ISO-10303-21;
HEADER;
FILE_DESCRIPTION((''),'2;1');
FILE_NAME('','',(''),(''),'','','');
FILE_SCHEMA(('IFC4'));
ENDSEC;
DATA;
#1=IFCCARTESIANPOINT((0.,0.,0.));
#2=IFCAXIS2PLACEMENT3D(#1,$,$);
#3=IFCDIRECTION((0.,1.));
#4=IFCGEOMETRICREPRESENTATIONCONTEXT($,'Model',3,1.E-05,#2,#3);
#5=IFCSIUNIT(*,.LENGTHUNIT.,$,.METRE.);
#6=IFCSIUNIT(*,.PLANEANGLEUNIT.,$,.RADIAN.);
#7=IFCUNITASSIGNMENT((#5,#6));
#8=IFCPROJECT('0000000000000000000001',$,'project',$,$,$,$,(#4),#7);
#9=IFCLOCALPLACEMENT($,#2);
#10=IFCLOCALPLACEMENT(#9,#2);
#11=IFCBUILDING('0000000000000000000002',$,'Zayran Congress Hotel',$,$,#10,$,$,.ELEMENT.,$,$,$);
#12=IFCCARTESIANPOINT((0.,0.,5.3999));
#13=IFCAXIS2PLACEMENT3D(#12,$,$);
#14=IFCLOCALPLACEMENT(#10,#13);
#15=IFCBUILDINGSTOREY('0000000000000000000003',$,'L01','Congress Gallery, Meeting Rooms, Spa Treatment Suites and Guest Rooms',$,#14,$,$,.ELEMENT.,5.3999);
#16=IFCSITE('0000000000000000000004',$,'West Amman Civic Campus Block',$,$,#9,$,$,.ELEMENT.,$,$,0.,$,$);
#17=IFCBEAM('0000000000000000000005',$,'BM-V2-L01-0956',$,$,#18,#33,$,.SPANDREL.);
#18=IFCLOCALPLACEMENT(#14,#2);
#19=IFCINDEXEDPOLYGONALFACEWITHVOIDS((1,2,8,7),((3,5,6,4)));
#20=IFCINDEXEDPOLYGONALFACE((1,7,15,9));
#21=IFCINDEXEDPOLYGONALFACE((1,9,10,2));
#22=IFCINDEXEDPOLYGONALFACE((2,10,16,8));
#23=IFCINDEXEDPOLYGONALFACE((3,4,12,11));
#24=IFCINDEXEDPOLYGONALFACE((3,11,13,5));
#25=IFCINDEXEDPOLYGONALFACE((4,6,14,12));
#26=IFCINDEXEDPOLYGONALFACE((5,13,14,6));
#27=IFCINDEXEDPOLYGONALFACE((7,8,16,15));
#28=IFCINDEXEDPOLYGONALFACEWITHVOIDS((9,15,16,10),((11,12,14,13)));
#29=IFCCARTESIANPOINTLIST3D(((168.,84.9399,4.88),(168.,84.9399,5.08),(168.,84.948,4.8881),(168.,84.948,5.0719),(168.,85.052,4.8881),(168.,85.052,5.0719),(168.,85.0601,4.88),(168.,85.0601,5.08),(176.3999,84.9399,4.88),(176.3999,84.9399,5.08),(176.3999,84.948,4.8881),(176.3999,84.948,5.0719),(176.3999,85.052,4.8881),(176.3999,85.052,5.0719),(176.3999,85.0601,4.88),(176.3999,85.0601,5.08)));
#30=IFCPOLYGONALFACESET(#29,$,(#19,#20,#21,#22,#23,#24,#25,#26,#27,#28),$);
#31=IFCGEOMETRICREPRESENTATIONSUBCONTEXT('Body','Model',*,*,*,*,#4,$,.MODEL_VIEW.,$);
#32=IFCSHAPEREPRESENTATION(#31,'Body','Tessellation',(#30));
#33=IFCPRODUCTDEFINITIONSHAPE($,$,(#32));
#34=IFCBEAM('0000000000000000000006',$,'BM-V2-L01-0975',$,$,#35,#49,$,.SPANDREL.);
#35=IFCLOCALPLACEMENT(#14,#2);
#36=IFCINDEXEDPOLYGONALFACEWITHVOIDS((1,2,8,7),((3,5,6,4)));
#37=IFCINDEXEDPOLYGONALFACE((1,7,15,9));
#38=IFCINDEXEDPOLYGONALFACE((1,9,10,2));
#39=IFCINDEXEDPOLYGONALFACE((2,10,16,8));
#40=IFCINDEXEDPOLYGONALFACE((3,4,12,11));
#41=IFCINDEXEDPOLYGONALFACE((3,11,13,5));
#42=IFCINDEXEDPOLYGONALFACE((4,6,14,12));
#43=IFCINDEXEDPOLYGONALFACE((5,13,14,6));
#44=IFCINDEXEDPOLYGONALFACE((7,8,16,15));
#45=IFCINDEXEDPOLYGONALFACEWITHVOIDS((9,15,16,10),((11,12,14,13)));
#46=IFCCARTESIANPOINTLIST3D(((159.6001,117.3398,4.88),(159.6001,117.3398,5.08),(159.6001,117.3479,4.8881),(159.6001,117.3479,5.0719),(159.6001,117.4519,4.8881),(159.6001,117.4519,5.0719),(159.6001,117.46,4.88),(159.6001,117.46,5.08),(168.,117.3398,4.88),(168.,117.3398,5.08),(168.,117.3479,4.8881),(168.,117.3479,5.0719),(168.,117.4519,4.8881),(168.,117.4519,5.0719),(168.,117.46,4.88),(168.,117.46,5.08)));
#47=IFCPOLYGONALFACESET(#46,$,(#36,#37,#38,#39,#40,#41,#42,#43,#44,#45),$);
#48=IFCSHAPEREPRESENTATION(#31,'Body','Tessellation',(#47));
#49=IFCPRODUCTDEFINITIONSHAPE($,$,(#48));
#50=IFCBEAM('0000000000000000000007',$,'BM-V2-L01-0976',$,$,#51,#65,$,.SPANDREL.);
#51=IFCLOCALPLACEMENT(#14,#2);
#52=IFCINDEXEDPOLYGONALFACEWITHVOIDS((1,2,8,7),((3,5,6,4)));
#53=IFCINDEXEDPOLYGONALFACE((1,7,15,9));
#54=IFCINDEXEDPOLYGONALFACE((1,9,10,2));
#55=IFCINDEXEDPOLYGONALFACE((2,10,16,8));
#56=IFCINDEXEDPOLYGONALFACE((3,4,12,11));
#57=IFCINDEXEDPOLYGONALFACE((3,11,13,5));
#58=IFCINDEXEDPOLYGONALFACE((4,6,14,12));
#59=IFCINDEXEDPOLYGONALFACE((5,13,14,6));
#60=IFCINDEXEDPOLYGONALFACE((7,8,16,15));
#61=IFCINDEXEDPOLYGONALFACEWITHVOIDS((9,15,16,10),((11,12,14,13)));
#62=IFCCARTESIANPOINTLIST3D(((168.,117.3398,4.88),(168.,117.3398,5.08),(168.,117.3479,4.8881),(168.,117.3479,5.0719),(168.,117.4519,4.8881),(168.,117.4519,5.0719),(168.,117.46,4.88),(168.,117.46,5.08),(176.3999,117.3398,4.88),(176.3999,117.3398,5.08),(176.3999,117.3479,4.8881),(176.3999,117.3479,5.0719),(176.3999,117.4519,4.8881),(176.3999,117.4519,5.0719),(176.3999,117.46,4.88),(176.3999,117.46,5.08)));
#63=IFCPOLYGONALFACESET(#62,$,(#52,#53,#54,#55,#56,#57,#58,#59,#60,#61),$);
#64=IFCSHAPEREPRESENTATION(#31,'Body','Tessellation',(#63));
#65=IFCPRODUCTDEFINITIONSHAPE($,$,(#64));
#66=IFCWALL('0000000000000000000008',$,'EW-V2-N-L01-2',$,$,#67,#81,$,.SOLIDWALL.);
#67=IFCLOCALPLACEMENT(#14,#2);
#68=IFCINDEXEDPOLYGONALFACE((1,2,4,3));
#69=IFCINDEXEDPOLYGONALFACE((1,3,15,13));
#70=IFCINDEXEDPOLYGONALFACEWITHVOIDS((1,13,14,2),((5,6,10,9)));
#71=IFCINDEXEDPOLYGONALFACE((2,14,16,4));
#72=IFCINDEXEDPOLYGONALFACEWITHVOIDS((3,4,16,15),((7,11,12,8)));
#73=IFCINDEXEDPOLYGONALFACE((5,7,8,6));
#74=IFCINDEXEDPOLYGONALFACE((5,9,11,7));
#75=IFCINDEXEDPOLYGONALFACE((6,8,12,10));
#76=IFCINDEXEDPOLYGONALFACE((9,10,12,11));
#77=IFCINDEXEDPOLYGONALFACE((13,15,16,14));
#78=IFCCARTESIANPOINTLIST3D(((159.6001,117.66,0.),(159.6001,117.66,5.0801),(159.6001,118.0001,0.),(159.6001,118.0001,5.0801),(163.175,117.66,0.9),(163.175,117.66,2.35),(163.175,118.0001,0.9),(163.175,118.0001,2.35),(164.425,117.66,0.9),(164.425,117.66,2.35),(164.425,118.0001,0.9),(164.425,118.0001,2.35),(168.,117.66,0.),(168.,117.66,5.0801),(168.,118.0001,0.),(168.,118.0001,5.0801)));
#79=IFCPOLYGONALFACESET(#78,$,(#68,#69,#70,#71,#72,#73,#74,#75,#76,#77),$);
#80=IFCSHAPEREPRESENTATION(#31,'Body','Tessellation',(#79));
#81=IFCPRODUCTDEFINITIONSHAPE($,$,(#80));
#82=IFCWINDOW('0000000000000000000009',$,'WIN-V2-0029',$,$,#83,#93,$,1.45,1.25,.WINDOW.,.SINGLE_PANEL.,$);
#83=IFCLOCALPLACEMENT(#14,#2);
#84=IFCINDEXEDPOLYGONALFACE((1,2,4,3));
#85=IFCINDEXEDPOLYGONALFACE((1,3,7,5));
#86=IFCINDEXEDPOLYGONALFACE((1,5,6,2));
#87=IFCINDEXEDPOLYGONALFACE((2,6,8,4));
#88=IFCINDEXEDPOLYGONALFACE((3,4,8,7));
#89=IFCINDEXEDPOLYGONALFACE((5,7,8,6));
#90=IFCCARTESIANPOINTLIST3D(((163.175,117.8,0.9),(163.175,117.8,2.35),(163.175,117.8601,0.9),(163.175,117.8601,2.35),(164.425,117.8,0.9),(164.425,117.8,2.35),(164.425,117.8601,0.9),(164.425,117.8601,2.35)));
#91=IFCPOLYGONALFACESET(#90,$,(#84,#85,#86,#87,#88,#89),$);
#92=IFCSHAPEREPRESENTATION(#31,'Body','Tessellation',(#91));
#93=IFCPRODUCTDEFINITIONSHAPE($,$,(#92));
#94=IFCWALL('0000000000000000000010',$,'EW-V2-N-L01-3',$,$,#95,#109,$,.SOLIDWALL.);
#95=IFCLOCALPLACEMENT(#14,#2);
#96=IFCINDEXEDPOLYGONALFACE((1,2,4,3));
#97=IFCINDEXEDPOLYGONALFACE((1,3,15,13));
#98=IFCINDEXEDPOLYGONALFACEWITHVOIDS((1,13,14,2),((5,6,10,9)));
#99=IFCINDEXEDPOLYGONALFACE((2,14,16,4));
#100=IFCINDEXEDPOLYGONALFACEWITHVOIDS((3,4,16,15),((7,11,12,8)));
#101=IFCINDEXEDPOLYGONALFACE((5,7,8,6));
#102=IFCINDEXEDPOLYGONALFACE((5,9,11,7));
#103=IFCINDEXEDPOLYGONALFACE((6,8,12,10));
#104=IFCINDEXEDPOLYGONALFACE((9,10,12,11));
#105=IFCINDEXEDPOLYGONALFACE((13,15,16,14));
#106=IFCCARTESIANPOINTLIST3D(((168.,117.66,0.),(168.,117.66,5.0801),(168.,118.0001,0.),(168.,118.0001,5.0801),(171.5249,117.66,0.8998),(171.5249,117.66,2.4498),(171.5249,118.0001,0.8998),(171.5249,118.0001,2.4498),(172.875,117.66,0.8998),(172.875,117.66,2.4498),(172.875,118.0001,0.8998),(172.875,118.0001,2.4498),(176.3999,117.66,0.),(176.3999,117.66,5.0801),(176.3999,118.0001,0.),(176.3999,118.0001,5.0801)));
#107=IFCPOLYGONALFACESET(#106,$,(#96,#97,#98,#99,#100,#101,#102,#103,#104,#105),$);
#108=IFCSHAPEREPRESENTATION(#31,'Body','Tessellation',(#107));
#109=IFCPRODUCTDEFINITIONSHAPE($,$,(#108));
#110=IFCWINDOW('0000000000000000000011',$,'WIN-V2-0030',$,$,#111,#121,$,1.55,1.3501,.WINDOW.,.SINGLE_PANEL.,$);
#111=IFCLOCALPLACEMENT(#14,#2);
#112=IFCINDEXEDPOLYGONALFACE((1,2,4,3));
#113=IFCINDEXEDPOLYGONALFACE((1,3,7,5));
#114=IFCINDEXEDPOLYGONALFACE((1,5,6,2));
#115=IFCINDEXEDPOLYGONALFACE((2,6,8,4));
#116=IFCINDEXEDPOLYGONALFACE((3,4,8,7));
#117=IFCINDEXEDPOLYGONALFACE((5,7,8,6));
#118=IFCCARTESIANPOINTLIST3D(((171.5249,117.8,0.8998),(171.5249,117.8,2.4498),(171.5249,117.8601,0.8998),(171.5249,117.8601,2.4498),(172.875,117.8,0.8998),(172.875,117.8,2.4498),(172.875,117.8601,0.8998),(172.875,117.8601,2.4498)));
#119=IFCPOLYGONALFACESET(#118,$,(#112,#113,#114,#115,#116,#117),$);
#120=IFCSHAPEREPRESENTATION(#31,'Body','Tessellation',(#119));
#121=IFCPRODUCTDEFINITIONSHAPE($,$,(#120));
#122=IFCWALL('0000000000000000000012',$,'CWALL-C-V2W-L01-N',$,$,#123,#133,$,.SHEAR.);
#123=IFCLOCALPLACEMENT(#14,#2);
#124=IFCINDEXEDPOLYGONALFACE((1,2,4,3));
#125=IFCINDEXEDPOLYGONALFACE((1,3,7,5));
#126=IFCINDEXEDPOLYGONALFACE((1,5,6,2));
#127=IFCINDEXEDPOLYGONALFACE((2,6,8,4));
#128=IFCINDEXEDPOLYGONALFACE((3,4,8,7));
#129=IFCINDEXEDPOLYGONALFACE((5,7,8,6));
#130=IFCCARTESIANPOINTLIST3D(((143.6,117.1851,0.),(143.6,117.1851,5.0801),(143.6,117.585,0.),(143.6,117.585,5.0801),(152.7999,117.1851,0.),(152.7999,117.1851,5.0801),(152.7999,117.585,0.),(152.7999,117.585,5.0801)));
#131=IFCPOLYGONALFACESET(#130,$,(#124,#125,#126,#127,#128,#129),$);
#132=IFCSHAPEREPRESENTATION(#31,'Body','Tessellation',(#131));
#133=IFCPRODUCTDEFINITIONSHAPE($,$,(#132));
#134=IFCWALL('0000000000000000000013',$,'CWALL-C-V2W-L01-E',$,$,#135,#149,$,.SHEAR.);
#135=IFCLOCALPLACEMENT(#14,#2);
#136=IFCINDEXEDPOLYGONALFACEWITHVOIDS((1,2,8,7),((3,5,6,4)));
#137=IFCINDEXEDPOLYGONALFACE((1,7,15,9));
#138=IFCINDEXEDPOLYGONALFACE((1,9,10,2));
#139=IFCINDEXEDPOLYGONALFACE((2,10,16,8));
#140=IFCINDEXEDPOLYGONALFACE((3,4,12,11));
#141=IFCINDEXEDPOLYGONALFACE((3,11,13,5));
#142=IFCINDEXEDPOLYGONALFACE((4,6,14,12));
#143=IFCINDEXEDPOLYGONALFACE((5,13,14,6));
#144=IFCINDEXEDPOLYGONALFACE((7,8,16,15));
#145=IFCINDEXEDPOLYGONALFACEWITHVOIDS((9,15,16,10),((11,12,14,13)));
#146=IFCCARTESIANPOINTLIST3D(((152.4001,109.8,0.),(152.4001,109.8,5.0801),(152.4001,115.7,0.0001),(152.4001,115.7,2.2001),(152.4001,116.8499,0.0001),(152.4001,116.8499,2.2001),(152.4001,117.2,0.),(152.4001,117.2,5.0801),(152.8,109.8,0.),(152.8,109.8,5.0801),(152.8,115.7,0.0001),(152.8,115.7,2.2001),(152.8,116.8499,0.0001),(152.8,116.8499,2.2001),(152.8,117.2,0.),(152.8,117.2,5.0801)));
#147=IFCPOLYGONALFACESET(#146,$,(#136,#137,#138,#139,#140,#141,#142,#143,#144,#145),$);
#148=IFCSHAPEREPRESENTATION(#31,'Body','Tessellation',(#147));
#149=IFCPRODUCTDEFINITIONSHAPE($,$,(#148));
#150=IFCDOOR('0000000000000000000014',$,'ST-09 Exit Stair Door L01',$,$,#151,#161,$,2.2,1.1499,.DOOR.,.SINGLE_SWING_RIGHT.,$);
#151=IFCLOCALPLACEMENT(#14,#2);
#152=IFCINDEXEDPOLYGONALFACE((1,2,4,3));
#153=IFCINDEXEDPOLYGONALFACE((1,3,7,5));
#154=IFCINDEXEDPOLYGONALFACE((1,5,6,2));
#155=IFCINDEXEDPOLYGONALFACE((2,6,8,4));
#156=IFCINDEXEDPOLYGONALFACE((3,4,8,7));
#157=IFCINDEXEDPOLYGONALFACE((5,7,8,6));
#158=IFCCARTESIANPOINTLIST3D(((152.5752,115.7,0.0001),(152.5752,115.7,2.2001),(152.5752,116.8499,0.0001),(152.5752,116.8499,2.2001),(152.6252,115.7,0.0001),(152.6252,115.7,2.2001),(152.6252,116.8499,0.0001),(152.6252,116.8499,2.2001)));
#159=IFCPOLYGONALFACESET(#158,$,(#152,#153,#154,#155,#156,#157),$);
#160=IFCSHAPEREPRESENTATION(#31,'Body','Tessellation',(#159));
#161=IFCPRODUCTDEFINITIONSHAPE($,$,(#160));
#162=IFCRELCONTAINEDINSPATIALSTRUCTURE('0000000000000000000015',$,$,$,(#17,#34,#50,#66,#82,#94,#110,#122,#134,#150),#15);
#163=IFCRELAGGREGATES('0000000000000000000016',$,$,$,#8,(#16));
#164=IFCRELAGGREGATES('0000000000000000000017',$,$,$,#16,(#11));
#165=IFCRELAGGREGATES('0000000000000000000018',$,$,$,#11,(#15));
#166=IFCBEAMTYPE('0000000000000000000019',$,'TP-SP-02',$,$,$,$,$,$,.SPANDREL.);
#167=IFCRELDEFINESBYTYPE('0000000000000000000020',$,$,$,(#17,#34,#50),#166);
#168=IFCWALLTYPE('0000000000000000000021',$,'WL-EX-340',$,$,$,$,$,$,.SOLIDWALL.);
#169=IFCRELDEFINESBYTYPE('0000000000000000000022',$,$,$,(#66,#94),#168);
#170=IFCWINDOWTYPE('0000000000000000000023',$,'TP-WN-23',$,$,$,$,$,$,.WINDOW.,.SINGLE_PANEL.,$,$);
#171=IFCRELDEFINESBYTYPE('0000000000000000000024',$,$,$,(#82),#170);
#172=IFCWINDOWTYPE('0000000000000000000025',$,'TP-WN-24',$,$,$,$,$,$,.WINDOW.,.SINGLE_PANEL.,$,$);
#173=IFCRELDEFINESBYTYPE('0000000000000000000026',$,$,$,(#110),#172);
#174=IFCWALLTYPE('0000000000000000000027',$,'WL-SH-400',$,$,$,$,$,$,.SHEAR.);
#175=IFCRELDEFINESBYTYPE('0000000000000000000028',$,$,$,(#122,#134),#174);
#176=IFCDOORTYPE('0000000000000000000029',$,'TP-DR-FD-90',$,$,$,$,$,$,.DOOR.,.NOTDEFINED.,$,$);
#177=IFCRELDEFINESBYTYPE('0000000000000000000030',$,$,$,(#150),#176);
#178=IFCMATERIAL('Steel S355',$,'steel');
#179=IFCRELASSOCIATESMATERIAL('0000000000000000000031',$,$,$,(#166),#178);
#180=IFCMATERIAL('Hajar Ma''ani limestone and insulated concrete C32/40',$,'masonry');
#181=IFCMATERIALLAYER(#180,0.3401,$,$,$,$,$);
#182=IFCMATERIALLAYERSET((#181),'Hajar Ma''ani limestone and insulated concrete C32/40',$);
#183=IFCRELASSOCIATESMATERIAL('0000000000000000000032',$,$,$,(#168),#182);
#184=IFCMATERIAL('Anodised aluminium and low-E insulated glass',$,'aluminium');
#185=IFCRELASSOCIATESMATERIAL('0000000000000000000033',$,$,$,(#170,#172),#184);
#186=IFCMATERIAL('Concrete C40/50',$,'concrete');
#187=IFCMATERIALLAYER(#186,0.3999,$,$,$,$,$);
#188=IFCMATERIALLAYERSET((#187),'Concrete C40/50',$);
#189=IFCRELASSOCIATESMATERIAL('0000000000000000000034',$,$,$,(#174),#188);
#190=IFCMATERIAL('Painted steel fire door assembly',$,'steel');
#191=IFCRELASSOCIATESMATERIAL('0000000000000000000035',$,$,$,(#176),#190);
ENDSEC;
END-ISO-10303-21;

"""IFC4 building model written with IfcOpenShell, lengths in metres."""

from ifc_helpers import new_model, si_unit, direction, frame, frame_2d, origin, origin_2d, place, context, subcontext, project, spatial, rectangle, hollow_rectangle, extrude, material, layer, layer_set, material_profile, profile_set, type_object, element, fill, save


model = new_model("IFC4")

# Units and contexts
model_context = context("Model", 3, precision=1e-05, world=origin(), true_north=direction((0.0, 1.0)))
body_context = subcontext(model_context, "Body", "Model", "MODEL_VIEW")
ifc_project = project(units=[si_unit("LENGTHUNIT", "METRE"), si_unit("PLANEANGLEUNIT", "RADIAN")], contexts=[model_context])

# Site, building, storey
site_placement = place(None, origin())
site = spatial("IfcSite", under=ifc_project, at=site_placement, Name="West Amman Civic Campus Block", CompositionType="ELEMENT", RefElevation=0.0)
building_placement = place(site_placement, origin())
building = spatial("IfcBuilding", under=site, at=building_placement, Name="Zayran Congress Hotel", CompositionType="ELEMENT")
storey_placement = place(building_placement, frame((0.0, 0.0, 5.3999)))
storey = spatial("IfcBuildingStorey", under=building, at=storey_placement, Name="L01", Description="Congress Gallery, Meeting Rooms, Spa Treatment Suites and Guest Rooms", CompositionType="ELEMENT", Elevation=5.3999)

# Shared definitions
ifc_material_1 = material(Name="Steel S355", Category="steel")

# Beams
ifc_material_profile_1 = material_profile(ifc_material_1, hollow_rectangle(XDim=0.1201, YDim=0.2, WallThickness=0.0081, at=origin_2d()), Name="RHS 200x120x8")
ifc_profile_set_1 = profile_set([ifc_material_profile_1], Name="Steel S355")
beam_type_1 = type_object("IfcBeamType", Name="TP-SP-02", PredefinedType="SPANDREL", material=ifc_profile_set_1)
for number, where, z_axis, x_axis, name in (
    (1, (168.0, 85.0, 4.98), (1.0, 0.0, 0.0), (0.0, 1.0, 0.0), "BM-V2-L01-0956"),
    (2, (159.6001, 117.3999, 4.98), (1.0, 0.0, 0.0), (0.0, 1.0, 0.0), "BM-V2-L01-0975"),
    (3, (168.0, 117.3999, 4.98), (1.0, 0.0, 0.0), (0.0, 1.0, 0.0), "BM-V2-L01-0976"),
):
    element("IfcBeam", number, at=place(storey_placement, frame(where, z_axis=z_axis, x_axis=x_axis)), inside=storey, type_object=beam_type_1, Name=name, PredefinedType="SPANDREL", context=body_context, shape_type="SweptSolid", body=[
        extrude(hollow_rectangle(XDim=0.1201, YDim=0.2, WallThickness=0.0081, at=origin_2d()), origin(), (0.0, 0.0, 1.0), 8.3999),
    ])

# Walls, openings, windows
ifc_material_2 = material(Name="Hajar Ma'ani limestone and insulated concrete C32/40", Category="masonry")
ifc_layer_1 = layer(ifc_material_2, 0.3401)
ifc_layer_set_1 = layer_set([ifc_layer_1], Name="Hajar Ma'ani limestone and insulated concrete C32/40")
wall_type_1 = type_object("IfcWallType", Name="WL-EX-340", PredefinedType="SOLIDWALL", material=ifc_layer_set_1)
wall_1_placement = place(storey_placement, frame((159.6001, 117.8301, 0.0), z_axis=(0.0, 0.0, 1.0), x_axis=(1.0, 0.0, 0.0)))
wall_1 = element("IfcWall", 4, at=wall_1_placement, inside=storey, type_object=wall_type_1, Name="EW-V2-N-L01-2", PredefinedType="SOLIDWALL", context=body_context, shape_type="SweptSolid", body=[
    extrude(rectangle(XDim=8.3999, YDim=0.3401, at=frame_2d((4.2, 0.0))), origin(), (0.0, 0.0, 1.0), 5.0801),
])
opening_1_placement = place(wall_1_placement, frame((3.575, 0.0, 0.8999)))
opening_1 = element("IfcOpeningElement", 5, at=opening_1_placement, cuts=wall_1, PredefinedType="OPENING", context=body_context, shape_type="SweptSolid", body=[
    extrude(rectangle(XDim=1.25, YDim=1.45, at=frame_2d((0.625, 0.7251))), frame((0.0, 0.1799, 0.0), z_axis=(0.0, -1.0, 0.0), x_axis=(1.0, 0.0, 0.0)), (0.0, 0.0, 1.0), 0.3601),
])
ifc_material_3 = material(Name="Anodised aluminium and low-E insulated glass", Category="aluminium")
window_type_1 = type_object("IfcWindowType", Name="TP-WN-23", PartitioningType="SINGLE_PANEL", PredefinedType="WINDOW", material=ifc_material_3)
window_1_placement = place(opening_1_placement, origin())
window_1 = element("IfcWindow", 6, at=window_1_placement, inside=storey, type_object=window_type_1, Name="WIN-V2-0029", OverallHeight=1.45, OverallWidth=1.25, PartitioningType="SINGLE_PANEL", PredefinedType="WINDOW", context=body_context, shape_type="SweptSolid", body=[
    extrude(rectangle(XDim=1.25, YDim=1.45, at=frame_2d((0.625, 0.7251))), frame((0.0, 0.03, 0.0), z_axis=(0.0, -1.0, 0.0), x_axis=(1.0, 0.0, 0.0)), (0.0, 0.0, 1.0), 0.0601),
])
fill(opening_1, window_1)
wall_2_placement = place(storey_placement, frame((168.0, 117.8301, 0.0), z_axis=(0.0, 0.0, 1.0), x_axis=(1.0, 0.0, 0.0)))
wall_2 = element("IfcWall", 7, at=wall_2_placement, inside=storey, type_object=wall_type_1, Name="EW-V2-N-L01-3", PredefinedType="SOLIDWALL", context=body_context, shape_type="SweptSolid", body=[
    extrude(rectangle(XDim=8.3999, YDim=0.3401, at=frame_2d((4.2, 0.0))), origin(), (0.0, 0.0, 1.0), 5.0801),
])
opening_2_placement = place(wall_2_placement, frame((3.5249, 0.0, 0.8999)))
opening_2 = element("IfcOpeningElement", 8, at=opening_2_placement, cuts=wall_2, PredefinedType="OPENING", context=body_context, shape_type="SweptSolid", body=[
    extrude(rectangle(XDim=1.3501, YDim=1.55, at=frame_2d((0.675, 0.7749))), frame((0.0, 0.1799, 0.0), z_axis=(0.0, -1.0, 0.0), x_axis=(1.0, 0.0, 0.0)), (0.0, 0.0, 1.0), 0.3601),
])
window_type_2 = type_object("IfcWindowType", Name="TP-WN-24", PartitioningType="SINGLE_PANEL", PredefinedType="WINDOW", material=ifc_material_3)
window_2_placement = place(opening_2_placement, origin())
window_2 = element("IfcWindow", 9, at=window_2_placement, inside=storey, type_object=window_type_2, Name="WIN-V2-0030", OverallHeight=1.55, OverallWidth=1.3501, PartitioningType="SINGLE_PANEL", PredefinedType="WINDOW", context=body_context, shape_type="SweptSolid", body=[
    extrude(rectangle(XDim=1.3501, YDim=1.55, at=frame_2d((0.675, 0.7749))), frame((0.0, 0.03, 0.0), z_axis=(0.0, -1.0, 0.0), x_axis=(1.0, 0.0, 0.0)), (0.0, 0.0, 1.0), 0.0601),
])
fill(opening_2, window_2)

# Wall
ifc_material_4 = material(Name="Concrete C40/50", Category="concrete")
ifc_layer_2 = layer(ifc_material_4, 0.3999)
ifc_layer_set_2 = layer_set([ifc_layer_2], Name="Concrete C40/50")
wall_type_2 = type_object("IfcWallType", Name="WL-SH-400", PredefinedType="SHEAR", material=ifc_layer_set_2)
wall_3_placement = place(storey_placement, frame((152.8, 117.385, 0.0), z_axis=(0.0, 0.0, 1.0), x_axis=(-1.0, 0.0, 0.0)))
element("IfcWall", 10, at=wall_3_placement, inside=storey, type_object=wall_type_2, Name="CWALL-C-V2W-L01-N", PredefinedType="SHEAR", context=body_context, shape_type="SweptSolid", body=[
    extrude(rectangle(XDim=9.2, YDim=0.3999, at=frame_2d((4.6001, 0.0))), origin(), (0.0, 0.0, 1.0), 5.0801),
])

# Wall, opening, door
wall_4_placement = place(storey_placement, frame((152.6001, 109.8, 0.0), z_axis=(0.0, 0.0, 1.0), x_axis=(0.0, 1.0, 0.0)))
wall_4 = element("IfcWall", 11, at=wall_4_placement, inside=storey, type_object=wall_type_2, Name="CWALL-C-V2W-L01-E", PredefinedType="SHEAR", context=body_context, shape_type="SweptSolid", body=[
    extrude(rectangle(XDim=7.3999, YDim=0.3999, at=frame_2d((3.7, 0.0))), origin(), (0.0, 0.0, 1.0), 5.0801),
])
opening_3_placement = place(wall_4_placement, frame((5.8999, 0.0, 0.0)))
opening_3 = element("IfcOpeningElement", 12, at=opening_3_placement, cuts=wall_4, PredefinedType="OPENING", context=body_context, shape_type="SweptSolid", body=[
    extrude(rectangle(XDim=1.1499, YDim=2.2, at=frame_2d((0.575, 1.1001))), frame((0.0, 0.21, 0.0), z_axis=(0.0, -1.0, 0.0), x_axis=(1.0, 0.0, 0.0)), (0.0, 0.0, 1.0), 0.4199),
])
ifc_material_5 = material(Name="Painted steel fire door assembly", Category="steel")
door_type_1 = type_object("IfcDoorType", Name="TP-DR-FD-90", OperationType="NOTDEFINED", PredefinedType="DOOR", material=ifc_material_5)
door_1_placement = place(opening_3_placement, origin())
door_1 = element("IfcDoor", 13, at=door_1_placement, inside=storey, type_object=door_type_1, Name="ST-09 Exit Stair Door L01", OperationType="SINGLE_SWING_RIGHT", OverallHeight=2.2, OverallWidth=1.1499, PredefinedType="DOOR", context=body_context, shape_type="SweptSolid", body=[
    extrude(rectangle(XDim=1.1499, YDim=2.2, at=frame_2d((0.575, 1.1001))), frame((0.0, 0.0249, 0.0), z_axis=(0.0, -1.0, 0.0), x_axis=(1.0, 0.0, 0.0)), (0.0, 0.0, 1.0), 0.05),
])
fill(opening_3, door_1)

save(model, "model.ifc")
